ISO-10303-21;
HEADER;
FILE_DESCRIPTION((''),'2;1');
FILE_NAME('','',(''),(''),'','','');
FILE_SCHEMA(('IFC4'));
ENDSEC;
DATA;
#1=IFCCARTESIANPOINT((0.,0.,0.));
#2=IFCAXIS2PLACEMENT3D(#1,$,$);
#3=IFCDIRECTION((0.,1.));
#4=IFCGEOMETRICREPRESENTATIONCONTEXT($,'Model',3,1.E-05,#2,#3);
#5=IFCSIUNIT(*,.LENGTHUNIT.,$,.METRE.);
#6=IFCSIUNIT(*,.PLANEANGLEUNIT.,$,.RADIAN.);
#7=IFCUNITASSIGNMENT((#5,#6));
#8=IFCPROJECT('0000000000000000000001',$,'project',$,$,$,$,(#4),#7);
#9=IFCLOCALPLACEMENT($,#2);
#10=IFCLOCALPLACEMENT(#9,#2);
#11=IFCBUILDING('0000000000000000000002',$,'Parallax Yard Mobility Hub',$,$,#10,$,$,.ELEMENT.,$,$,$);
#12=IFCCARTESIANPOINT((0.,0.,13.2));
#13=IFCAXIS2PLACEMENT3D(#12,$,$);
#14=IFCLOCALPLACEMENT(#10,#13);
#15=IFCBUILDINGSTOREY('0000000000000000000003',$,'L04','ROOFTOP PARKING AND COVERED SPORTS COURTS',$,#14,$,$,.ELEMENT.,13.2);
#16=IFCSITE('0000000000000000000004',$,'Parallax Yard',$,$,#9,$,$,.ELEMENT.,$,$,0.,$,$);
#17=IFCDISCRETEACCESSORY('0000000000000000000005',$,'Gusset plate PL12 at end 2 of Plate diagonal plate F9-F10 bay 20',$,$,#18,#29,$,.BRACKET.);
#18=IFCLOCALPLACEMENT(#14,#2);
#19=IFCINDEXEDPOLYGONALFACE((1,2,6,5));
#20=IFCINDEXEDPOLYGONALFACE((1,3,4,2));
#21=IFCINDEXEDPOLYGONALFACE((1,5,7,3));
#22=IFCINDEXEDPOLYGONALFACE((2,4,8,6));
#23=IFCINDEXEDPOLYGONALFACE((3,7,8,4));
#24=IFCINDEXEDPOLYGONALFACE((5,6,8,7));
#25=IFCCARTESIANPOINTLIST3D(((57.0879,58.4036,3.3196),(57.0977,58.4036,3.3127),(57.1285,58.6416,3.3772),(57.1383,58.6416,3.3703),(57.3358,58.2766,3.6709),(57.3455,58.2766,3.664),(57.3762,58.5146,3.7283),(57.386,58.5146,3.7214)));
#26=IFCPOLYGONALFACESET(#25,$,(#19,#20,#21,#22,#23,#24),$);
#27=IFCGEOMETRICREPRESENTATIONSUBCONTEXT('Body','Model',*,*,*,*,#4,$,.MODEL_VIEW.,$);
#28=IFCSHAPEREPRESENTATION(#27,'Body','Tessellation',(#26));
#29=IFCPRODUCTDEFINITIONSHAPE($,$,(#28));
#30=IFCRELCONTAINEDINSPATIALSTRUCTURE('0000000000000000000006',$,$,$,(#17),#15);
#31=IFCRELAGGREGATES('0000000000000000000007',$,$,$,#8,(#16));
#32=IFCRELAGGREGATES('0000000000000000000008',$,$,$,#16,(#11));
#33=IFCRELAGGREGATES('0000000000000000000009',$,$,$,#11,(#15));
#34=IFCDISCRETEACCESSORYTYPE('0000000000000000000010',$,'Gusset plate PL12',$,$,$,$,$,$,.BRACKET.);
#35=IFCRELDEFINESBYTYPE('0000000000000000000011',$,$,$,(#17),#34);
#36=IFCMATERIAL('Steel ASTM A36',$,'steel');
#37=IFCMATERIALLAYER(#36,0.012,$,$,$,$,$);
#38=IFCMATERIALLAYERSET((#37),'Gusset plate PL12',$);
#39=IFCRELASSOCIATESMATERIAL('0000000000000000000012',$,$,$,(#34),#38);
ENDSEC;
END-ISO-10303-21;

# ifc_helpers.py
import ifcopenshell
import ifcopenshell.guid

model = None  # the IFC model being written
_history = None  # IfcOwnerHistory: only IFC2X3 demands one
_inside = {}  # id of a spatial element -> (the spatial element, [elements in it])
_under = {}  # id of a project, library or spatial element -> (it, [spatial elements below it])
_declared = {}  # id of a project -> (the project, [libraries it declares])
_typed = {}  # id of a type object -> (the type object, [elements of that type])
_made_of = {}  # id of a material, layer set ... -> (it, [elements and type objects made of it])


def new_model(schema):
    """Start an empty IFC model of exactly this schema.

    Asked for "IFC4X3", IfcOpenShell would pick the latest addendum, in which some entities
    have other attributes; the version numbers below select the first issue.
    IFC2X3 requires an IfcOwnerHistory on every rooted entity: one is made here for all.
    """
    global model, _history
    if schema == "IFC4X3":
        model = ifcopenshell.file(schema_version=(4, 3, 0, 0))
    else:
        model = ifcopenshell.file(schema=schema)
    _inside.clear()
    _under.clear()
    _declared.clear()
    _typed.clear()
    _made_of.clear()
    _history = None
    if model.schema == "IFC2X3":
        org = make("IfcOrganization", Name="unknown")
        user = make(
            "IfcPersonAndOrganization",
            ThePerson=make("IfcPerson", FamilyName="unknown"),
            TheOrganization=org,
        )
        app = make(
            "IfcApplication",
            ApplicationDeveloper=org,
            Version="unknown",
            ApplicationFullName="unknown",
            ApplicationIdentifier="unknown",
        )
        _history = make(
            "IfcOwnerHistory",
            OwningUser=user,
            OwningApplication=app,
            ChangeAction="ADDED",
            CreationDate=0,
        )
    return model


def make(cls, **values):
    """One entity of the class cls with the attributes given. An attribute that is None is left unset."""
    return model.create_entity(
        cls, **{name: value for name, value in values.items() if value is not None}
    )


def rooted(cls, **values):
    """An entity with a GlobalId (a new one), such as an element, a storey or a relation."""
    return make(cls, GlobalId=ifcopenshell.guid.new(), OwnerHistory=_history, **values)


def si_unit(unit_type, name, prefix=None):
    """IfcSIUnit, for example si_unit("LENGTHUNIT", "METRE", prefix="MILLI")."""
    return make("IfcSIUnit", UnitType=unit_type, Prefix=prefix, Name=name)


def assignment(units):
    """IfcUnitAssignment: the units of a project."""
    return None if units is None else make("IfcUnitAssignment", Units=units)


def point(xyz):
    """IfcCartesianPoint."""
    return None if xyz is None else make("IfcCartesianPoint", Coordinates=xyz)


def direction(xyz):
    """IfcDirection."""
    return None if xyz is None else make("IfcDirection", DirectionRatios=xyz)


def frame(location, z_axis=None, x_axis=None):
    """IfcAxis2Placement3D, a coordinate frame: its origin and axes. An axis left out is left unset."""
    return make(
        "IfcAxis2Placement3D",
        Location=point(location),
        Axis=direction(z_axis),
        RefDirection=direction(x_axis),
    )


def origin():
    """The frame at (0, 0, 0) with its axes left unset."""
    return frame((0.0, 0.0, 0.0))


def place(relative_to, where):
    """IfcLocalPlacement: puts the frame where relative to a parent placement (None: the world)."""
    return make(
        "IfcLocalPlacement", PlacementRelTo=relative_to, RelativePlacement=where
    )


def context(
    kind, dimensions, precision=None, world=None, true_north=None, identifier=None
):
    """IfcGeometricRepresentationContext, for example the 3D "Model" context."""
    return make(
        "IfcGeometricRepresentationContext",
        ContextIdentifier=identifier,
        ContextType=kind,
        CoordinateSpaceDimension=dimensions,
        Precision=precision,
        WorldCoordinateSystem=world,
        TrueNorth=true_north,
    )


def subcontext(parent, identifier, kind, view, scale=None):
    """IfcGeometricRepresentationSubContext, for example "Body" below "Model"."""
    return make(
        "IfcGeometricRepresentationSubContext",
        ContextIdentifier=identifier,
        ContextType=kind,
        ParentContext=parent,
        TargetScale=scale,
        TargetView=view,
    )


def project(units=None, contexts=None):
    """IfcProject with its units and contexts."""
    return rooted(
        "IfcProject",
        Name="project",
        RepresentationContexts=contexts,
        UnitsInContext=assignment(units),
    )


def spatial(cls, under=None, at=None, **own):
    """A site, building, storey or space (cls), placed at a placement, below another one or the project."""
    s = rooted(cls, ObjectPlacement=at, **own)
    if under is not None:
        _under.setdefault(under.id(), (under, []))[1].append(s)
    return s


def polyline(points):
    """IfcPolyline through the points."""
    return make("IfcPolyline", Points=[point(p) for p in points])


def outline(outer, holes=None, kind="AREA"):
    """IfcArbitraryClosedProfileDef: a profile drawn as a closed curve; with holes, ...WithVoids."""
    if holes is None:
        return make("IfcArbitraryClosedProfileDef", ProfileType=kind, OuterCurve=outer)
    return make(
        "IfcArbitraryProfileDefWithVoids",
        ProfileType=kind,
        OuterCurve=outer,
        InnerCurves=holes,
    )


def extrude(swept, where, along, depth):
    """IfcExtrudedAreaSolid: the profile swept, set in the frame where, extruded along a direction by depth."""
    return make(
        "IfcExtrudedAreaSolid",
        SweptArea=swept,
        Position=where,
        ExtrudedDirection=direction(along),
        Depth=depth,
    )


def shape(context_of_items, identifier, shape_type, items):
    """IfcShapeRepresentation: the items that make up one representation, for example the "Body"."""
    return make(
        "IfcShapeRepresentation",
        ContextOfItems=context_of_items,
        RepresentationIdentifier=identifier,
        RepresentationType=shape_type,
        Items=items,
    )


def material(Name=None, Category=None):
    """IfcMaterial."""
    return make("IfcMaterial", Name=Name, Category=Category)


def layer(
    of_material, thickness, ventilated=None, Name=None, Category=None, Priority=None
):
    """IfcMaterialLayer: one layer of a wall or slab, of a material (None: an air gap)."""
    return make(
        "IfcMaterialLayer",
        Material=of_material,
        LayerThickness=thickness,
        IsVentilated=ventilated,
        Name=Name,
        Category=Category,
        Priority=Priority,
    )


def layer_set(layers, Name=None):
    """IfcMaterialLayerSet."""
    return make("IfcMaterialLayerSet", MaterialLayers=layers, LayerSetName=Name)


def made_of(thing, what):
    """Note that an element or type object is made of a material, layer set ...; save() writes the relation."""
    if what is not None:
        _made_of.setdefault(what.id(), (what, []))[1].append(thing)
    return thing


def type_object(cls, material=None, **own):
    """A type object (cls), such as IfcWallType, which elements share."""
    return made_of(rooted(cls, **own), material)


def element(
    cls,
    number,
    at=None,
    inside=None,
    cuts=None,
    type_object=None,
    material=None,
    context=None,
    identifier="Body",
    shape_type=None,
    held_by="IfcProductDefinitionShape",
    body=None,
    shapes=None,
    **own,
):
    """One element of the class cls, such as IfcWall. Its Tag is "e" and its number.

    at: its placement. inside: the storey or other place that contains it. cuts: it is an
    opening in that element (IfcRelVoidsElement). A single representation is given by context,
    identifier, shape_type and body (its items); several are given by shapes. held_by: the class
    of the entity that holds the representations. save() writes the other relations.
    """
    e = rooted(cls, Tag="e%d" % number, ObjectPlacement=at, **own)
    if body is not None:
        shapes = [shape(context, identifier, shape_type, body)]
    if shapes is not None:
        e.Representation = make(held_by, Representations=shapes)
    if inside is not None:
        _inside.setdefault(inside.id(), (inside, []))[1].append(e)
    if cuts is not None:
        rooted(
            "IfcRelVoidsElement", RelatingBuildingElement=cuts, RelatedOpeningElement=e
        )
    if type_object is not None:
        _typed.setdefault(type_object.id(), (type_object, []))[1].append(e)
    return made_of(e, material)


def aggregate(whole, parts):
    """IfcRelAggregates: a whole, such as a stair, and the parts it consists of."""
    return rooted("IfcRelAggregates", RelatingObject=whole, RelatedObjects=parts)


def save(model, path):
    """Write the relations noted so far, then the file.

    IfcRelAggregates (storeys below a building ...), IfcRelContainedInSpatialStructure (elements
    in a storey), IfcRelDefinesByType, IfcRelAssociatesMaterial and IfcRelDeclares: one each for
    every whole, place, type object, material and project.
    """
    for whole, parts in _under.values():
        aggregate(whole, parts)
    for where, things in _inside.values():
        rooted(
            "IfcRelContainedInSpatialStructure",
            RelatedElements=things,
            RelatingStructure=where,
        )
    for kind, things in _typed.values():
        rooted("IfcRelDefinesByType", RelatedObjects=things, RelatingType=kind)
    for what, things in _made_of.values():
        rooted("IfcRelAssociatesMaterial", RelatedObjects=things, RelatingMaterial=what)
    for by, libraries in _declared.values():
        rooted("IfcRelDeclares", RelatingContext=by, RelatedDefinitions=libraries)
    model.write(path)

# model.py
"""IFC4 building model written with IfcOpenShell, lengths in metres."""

from ifc_helpers import new_model, si_unit, direction, frame, origin, place, context, subcontext, project, spatial, polyline, outline, extrude, material, layer, layer_set, type_object, element, save


model = new_model("IFC4")

# Units and contexts
model_context = context("Model", 3, precision=1e-05, world=origin(), true_north=direction((0.0, 1.0)))
body_context = subcontext(model_context, "Body", "Model", "MODEL_VIEW")
ifc_project = project(units=[si_unit("LENGTHUNIT", "METRE"), si_unit("PLANEANGLEUNIT", "RADIAN")], contexts=[model_context])

# Site, building, storey
site_placement = place(None, origin())
site = spatial("IfcSite", under=ifc_project, at=site_placement, Name="Parallax Yard", CompositionType="ELEMENT", RefElevation=0.0)
building_placement = place(site_placement, origin())
building = spatial("IfcBuilding", under=site, at=building_placement, Name="Parallax Yard Mobility Hub", CompositionType="ELEMENT")
storey_placement = place(building_placement, frame((0.0, 0.0, 13.2)))
storey = spatial("IfcBuildingStorey", under=building, at=storey_placement, Name="L04", Description="ROOFTOP PARKING AND COVERED SPORTS COURTS", CompositionType="ELEMENT", Elevation=13.2)

# Discrete accessory
ifc_material_1 = material(Name="Steel ASTM A36", Category="steel")
ifc_layer_1 = layer(ifc_material_1, 0.012)
ifc_layer_set_1 = layer_set([ifc_layer_1], Name="Gusset plate PL12")
discrete_accessory_type = type_object("IfcDiscreteAccessoryType", Name="Gusset plate PL12", PredefinedType="BRACKET", material=ifc_layer_set_1)
discrete_accessory_1_placement = place(storey_placement, frame((57.3762, 58.5146, 3.7283), z_axis=(-0.8171, -0.000129, 0.576496), x_axis=(-0.552903, 0.283326, -0.783597)))
element("IfcDiscreteAccessory", 1, at=discrete_accessory_1_placement, inside=storey, type_object=discrete_accessory_type, Name="Gusset plate PL12 at end 2 of Plate diagonal plate F9-F10 bay 20", PredefinedType="BRACKET", context=body_context, shape_type="SweptSolid", body=[
    extrude(outline(polyline([(0.0, 0.0), (0.4481, 0.0), (0.4482, 0.2482), (-0.0001, 0.2482), (0.0, 0.0)])), origin(), (0.0, 0.0, -1.0), 0.012),
])

save(model, "model.ifc")
